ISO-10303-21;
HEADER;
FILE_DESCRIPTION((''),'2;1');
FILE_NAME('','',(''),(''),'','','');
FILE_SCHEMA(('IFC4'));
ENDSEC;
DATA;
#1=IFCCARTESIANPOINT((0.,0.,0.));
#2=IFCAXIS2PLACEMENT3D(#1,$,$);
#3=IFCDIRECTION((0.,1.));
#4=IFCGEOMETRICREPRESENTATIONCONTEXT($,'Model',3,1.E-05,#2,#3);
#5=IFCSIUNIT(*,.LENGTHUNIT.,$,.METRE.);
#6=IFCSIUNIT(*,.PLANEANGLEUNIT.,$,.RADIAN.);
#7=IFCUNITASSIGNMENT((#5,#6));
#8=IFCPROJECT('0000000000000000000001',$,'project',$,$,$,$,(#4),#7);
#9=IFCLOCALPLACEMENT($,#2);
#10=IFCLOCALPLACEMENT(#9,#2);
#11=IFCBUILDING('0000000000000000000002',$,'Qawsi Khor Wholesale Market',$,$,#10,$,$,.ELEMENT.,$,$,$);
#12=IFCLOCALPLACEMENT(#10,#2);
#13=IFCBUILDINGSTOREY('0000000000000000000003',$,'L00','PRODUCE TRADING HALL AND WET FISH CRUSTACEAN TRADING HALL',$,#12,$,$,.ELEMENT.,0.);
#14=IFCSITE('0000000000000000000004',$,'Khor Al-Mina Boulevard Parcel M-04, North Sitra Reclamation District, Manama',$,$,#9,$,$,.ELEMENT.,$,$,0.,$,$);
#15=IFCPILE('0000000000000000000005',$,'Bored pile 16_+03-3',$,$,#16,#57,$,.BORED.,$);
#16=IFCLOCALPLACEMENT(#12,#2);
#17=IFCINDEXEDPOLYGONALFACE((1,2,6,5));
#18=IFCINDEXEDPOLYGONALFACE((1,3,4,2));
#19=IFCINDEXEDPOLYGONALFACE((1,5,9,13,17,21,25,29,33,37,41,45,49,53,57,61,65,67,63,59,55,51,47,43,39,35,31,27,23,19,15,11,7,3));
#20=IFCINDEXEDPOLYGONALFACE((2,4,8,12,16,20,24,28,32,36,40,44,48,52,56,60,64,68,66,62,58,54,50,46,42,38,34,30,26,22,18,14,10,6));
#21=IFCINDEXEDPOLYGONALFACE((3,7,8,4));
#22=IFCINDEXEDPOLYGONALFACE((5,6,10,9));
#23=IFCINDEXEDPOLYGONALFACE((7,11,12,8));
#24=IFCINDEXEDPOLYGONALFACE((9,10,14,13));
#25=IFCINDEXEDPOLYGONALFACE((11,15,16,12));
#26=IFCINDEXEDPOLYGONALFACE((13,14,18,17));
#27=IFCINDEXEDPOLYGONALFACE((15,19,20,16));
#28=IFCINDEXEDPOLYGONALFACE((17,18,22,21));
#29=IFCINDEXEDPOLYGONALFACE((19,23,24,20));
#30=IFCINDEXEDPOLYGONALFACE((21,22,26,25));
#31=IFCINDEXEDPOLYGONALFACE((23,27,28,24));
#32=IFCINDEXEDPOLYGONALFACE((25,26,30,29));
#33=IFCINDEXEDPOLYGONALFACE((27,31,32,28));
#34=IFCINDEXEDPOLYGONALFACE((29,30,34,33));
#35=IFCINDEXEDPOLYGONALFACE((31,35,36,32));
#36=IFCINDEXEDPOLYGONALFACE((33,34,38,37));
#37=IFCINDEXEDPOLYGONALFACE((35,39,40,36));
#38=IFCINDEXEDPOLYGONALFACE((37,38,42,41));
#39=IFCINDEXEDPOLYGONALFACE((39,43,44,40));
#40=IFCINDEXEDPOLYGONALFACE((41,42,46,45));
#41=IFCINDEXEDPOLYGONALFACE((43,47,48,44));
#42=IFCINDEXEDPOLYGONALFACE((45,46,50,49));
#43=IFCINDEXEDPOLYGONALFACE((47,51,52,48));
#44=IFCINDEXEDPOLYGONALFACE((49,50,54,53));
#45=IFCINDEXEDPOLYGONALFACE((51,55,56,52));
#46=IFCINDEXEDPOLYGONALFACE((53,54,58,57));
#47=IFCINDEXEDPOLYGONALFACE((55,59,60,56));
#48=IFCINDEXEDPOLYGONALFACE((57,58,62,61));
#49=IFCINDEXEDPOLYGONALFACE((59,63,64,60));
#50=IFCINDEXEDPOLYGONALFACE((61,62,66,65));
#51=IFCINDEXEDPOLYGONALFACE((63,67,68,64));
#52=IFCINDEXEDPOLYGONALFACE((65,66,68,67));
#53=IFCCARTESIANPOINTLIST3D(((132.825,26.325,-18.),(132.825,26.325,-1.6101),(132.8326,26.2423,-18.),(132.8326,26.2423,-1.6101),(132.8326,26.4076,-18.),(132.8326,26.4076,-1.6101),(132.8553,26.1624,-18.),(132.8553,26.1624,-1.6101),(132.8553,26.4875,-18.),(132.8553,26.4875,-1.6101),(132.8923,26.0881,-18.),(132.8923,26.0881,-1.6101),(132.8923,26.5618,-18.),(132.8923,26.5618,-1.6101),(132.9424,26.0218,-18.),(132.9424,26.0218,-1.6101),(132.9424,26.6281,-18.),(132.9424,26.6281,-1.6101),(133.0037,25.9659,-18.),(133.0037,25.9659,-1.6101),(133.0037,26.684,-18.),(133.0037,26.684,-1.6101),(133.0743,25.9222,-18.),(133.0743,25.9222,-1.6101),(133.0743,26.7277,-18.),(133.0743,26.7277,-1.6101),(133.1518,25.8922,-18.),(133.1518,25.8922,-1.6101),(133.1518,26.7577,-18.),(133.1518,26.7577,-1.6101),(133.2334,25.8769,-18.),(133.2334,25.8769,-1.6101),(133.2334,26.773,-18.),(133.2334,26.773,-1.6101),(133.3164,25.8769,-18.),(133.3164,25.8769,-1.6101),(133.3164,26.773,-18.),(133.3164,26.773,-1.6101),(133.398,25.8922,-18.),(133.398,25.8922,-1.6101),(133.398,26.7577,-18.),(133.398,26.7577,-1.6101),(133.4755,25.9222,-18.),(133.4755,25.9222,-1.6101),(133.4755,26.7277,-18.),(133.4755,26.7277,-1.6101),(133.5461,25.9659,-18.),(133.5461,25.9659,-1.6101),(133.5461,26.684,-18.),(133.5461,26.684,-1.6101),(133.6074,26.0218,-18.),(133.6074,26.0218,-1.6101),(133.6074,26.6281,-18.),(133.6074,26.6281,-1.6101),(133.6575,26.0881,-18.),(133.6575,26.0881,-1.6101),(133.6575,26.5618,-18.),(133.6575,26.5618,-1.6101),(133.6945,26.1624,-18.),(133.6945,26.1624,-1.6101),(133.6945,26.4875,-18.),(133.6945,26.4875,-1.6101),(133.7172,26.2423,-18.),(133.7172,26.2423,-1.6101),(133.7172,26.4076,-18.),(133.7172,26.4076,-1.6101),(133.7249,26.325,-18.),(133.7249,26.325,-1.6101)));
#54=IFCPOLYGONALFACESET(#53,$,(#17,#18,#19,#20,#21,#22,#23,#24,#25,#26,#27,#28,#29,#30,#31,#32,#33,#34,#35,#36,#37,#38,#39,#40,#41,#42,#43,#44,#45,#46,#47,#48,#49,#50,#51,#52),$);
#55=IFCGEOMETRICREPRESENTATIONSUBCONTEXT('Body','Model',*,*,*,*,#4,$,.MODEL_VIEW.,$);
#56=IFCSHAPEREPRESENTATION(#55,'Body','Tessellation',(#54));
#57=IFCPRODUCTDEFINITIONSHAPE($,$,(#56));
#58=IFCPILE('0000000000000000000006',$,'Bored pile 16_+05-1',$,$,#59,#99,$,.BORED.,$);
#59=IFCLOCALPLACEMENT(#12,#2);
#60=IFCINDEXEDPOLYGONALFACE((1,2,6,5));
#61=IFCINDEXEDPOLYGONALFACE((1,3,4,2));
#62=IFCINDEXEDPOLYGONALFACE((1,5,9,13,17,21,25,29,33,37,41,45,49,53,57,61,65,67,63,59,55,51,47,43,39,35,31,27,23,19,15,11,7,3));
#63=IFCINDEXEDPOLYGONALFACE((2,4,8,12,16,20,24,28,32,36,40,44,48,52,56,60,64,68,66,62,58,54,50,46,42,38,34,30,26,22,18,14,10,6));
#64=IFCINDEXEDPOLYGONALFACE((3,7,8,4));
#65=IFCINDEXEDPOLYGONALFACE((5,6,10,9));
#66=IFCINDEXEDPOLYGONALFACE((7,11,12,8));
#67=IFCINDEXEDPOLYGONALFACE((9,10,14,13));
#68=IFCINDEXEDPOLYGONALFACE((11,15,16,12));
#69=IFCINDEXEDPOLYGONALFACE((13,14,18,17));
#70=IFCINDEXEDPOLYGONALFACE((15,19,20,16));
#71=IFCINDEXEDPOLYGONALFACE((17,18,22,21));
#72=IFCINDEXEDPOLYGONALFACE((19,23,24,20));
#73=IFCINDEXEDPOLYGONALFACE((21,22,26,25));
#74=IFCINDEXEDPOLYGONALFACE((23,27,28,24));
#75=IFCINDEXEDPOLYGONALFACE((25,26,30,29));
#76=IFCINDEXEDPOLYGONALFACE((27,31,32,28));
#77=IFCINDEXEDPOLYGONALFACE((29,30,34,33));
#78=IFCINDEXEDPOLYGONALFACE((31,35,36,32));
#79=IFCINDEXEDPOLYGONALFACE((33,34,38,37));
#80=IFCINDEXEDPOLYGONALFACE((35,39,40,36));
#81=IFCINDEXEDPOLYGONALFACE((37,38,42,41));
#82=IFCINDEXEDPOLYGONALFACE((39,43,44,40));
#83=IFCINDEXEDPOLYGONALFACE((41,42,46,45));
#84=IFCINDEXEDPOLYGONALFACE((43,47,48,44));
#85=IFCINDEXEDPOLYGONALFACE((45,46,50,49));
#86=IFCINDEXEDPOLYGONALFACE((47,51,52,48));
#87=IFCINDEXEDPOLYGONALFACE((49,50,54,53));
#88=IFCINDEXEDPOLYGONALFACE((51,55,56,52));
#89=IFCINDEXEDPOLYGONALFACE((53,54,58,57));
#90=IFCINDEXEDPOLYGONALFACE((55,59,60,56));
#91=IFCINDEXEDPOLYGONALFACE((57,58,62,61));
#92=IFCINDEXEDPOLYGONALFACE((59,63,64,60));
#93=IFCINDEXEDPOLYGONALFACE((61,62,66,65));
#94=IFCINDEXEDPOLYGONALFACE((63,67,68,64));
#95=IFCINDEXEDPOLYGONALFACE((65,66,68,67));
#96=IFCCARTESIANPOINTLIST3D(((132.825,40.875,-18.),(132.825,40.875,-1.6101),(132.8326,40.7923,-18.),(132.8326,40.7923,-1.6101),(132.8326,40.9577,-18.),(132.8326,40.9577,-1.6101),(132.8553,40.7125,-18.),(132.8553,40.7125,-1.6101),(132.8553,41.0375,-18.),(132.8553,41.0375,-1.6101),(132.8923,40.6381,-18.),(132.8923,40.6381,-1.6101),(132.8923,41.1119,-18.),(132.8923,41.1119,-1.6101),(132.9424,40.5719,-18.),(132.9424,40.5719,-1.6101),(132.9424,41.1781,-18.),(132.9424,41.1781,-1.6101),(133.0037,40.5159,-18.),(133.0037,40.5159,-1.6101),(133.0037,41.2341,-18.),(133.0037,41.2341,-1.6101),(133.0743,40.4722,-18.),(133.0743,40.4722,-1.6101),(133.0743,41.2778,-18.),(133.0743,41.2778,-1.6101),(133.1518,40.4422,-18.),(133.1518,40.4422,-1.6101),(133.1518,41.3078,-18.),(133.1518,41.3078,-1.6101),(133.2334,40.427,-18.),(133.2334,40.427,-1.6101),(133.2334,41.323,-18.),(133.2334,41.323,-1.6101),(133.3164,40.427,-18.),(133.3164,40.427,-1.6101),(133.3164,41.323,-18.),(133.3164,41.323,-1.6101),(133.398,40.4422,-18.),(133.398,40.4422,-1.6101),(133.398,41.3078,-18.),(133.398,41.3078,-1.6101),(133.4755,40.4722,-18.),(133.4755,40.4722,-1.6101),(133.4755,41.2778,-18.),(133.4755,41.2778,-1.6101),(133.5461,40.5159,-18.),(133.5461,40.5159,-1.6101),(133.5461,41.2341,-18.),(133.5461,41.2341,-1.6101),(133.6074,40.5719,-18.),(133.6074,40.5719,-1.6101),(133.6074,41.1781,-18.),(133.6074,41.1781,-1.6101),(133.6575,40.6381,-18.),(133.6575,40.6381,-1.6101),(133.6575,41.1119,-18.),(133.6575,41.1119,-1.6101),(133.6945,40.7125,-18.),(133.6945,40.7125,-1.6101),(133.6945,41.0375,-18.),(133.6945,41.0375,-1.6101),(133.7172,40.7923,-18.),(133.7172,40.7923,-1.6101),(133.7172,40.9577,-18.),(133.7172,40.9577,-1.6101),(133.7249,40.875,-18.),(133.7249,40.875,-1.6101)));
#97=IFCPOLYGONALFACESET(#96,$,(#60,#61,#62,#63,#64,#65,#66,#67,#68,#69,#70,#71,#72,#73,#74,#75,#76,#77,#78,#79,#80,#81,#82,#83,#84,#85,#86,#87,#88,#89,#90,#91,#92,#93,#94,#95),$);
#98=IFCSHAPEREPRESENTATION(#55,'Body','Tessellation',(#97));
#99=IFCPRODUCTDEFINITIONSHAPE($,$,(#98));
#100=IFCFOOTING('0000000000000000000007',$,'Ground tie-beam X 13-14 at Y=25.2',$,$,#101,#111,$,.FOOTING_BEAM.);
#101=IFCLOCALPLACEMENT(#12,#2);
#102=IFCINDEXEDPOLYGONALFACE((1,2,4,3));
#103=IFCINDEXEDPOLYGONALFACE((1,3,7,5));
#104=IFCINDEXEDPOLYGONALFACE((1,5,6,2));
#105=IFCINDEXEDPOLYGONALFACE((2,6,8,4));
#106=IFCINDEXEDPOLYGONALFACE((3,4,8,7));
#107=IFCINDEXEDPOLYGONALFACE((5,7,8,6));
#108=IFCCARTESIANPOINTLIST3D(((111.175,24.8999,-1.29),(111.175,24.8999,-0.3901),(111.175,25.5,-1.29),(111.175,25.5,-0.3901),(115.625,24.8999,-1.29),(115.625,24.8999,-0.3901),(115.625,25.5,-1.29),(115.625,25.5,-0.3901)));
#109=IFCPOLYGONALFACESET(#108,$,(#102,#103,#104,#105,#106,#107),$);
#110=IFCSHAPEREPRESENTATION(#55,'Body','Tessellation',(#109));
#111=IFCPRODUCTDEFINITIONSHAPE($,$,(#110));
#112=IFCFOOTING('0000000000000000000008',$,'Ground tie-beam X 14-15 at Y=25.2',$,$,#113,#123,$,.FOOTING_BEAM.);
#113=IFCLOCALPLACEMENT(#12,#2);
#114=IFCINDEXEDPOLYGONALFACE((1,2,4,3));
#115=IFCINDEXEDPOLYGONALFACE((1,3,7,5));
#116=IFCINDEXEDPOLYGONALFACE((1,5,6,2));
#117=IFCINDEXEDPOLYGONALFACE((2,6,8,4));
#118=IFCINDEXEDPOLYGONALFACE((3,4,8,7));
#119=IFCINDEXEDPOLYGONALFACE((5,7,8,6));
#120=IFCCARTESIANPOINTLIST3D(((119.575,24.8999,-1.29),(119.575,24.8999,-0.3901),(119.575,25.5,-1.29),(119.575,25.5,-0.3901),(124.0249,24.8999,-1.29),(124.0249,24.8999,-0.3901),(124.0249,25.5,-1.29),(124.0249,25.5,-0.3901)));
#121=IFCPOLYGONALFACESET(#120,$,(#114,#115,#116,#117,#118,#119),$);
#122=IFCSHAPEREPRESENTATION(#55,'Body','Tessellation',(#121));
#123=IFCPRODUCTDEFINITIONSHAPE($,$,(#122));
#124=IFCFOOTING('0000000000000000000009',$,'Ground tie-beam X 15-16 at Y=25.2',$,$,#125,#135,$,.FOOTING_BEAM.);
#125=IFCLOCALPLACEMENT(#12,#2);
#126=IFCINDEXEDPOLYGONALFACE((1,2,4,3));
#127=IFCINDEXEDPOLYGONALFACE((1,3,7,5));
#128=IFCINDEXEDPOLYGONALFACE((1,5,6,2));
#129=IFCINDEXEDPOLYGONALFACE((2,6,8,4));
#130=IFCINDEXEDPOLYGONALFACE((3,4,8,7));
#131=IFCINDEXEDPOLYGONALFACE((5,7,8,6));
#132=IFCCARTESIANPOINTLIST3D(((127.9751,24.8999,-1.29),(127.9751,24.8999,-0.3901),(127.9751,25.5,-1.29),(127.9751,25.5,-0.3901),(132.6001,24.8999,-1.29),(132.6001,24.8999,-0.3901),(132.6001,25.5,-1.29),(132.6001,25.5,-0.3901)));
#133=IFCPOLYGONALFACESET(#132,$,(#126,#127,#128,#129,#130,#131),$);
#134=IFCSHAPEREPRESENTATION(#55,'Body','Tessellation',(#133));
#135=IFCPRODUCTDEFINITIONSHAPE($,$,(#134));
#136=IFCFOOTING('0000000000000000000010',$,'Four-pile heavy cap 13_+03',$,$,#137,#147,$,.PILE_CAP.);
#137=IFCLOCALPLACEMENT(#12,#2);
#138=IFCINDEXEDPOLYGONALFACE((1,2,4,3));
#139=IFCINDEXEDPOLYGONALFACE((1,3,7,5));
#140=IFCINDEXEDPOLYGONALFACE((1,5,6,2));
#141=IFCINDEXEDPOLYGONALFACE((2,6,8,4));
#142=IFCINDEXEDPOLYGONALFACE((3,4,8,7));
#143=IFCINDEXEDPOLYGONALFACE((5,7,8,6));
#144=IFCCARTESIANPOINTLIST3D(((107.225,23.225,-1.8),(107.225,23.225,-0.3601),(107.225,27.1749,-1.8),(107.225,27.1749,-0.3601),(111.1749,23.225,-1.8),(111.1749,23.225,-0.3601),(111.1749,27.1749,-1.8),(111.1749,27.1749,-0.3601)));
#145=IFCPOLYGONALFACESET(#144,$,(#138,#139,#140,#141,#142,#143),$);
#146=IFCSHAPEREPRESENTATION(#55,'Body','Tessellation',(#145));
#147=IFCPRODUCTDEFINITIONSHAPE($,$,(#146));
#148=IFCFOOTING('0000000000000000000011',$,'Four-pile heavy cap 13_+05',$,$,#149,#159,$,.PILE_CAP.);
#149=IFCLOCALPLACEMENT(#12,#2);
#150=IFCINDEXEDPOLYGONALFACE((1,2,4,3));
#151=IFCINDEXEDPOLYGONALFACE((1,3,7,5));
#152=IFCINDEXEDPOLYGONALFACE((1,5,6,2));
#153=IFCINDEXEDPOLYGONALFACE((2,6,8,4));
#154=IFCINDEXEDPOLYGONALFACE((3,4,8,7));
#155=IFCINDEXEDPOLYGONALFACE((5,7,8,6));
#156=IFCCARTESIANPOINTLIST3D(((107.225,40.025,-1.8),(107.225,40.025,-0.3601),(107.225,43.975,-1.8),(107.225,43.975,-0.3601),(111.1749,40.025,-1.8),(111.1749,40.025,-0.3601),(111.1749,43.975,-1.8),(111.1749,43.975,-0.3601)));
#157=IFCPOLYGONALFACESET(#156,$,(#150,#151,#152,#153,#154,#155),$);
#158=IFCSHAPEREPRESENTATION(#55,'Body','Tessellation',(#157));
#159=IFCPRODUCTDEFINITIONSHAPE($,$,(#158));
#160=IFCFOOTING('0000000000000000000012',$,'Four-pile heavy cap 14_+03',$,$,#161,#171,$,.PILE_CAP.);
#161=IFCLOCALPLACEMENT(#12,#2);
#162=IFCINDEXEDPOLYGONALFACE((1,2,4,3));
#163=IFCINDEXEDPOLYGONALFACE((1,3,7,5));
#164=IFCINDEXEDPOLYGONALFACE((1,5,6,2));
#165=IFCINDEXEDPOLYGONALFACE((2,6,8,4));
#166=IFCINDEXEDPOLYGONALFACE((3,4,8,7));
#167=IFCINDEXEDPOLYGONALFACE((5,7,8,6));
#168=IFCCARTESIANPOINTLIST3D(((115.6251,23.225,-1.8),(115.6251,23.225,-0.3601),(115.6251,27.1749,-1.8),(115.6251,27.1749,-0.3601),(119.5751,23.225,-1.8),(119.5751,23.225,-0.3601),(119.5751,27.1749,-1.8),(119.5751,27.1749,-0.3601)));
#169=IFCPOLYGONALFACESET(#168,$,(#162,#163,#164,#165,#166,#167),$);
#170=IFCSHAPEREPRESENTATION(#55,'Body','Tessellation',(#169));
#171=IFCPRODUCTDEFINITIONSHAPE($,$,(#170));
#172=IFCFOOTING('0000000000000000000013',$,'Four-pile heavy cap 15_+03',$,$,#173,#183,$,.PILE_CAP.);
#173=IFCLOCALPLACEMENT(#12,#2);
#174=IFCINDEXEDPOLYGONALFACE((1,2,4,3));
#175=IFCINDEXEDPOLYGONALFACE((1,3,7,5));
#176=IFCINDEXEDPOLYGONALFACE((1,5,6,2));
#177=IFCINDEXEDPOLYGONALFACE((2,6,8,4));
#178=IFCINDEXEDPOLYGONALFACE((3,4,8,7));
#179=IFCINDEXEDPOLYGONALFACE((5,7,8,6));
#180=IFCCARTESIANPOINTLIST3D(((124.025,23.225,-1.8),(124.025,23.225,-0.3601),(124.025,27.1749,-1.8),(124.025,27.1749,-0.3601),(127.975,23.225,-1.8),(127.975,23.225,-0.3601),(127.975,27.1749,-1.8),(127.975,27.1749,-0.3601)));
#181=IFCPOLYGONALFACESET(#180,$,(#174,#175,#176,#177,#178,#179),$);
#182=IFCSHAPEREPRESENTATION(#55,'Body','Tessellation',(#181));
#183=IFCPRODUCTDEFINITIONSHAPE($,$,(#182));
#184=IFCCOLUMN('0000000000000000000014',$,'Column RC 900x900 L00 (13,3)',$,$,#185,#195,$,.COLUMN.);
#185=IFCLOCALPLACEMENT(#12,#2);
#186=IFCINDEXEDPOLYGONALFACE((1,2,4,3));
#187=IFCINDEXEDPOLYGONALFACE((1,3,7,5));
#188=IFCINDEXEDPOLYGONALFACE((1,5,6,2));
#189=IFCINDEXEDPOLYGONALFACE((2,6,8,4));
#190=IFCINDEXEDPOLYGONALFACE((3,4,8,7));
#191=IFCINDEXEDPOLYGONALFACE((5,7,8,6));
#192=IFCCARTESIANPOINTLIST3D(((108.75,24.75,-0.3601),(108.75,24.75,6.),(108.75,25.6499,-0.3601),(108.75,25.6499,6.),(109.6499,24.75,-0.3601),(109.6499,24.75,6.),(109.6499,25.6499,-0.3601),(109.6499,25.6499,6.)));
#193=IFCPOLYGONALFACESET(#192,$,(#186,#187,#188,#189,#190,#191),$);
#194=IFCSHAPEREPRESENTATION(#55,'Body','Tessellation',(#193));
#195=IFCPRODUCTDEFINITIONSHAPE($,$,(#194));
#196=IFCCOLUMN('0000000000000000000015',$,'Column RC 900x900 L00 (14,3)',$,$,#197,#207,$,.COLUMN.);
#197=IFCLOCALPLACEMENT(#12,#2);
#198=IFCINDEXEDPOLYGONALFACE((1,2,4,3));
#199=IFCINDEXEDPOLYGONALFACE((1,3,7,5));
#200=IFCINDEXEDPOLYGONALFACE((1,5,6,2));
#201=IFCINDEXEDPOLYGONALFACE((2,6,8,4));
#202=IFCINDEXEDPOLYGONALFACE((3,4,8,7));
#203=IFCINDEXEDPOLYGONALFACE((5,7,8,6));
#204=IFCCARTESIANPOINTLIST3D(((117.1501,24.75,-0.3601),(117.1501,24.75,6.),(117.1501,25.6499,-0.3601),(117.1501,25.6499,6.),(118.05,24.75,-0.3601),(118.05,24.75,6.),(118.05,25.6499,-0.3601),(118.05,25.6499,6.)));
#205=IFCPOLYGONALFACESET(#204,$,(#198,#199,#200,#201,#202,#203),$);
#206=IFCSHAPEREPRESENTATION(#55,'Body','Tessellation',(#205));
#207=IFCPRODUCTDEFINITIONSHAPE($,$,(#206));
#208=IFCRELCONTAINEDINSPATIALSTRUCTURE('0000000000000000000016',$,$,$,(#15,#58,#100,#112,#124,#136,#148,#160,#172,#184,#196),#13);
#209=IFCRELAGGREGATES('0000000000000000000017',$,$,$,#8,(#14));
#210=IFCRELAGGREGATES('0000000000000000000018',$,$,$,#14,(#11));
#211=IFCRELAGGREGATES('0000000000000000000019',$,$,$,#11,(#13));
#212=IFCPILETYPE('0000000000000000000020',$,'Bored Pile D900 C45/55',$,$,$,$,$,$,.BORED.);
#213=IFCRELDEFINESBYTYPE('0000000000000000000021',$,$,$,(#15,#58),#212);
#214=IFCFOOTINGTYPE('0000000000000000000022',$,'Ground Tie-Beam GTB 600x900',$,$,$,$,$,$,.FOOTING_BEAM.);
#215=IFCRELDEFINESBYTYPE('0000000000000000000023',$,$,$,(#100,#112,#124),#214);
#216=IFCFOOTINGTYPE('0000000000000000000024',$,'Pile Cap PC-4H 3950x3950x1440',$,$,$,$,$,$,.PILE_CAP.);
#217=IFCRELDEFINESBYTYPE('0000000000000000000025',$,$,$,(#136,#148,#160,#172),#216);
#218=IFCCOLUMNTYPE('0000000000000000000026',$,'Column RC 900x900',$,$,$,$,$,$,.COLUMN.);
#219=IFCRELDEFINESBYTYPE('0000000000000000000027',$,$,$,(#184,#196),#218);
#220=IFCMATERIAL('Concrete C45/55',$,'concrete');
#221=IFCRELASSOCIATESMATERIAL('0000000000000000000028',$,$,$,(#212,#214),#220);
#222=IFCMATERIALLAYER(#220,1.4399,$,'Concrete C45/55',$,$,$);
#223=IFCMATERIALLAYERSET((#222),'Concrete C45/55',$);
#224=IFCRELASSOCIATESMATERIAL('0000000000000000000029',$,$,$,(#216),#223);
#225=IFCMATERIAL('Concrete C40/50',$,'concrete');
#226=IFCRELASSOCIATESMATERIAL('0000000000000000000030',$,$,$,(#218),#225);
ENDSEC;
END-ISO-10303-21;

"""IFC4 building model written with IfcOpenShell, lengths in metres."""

from ifc_helpers import new_model, si_unit, direction, frame, origin, origin_2d, place, context, subcontext, project, spatial, rectangle, circle, extrude, material, layer, layer_set, material_profile, profile_set, type_object, element, save


model = new_model("IFC4")

# Units and contexts
model_context = context("Model", 3, precision=1e-05, world=origin(), true_north=direction((0.0, 1.0)))
body_context = subcontext(model_context, "Body", "Model", "MODEL_VIEW")
ifc_project = project(units=[si_unit("LENGTHUNIT", "METRE"), si_unit("PLANEANGLEUNIT", "RADIAN")], contexts=[model_context])

# Site, building, storey
site_placement = place(None, origin())
site = spatial("IfcSite", under=ifc_project, at=site_placement, Name="Khor Al-Mina Boulevard Parcel M-04, North Sitra Reclamation District, Manama", CompositionType="ELEMENT", RefElevation=0.0)
building_placement = place(site_placement, origin())
building = spatial("IfcBuilding", under=site, at=building_placement, Name="Qawsi Khor Wholesale Market", CompositionType="ELEMENT")
storey_placement = place(building_placement, origin())
storey = spatial("IfcBuildingStorey", under=building, at=storey_placement, Name="L00", Description="PRODUCE TRADING HALL AND WET FISH CRUSTACEAN TRADING HALL", CompositionType="ELEMENT", Elevation=0.0)

# Piles
ifc_material_1 = material(Name="Concrete C45/55", Category="concrete")
ifc_material_profile_1 = material_profile(ifc_material_1, circle(Radius=0.45, at=origin_2d()), Name="PILE D900")
ifc_profile_set_1 = profile_set([ifc_material_profile_1], Name="Concrete C45/55")
pile_type = type_object("IfcPileType", Name="Bored Pile D900 C45/55", PredefinedType="BORED", material=ifc_profile_set_1)
for number, where, z_axis, x_axis, name in (
    (1, (133.2749, 26.325, -1.6101), (0.0, 0.0, -1.0), (1.0, 0.0, 0.0), "Bored pile 16_+03-3"),
    (2, (133.2749, 40.875, -1.6101), (0.0, 0.0, -1.0), (1.0, 0.0, 0.0), "Bored pile 16_+05-1"),
):
    element("IfcPile", number, at=place(storey_placement, frame(where, z_axis=z_axis, x_axis=x_axis)), inside=storey, type_object=pile_type, Name=name, PredefinedType="BORED", context=body_context, shape_type="SweptSolid", body=[
        extrude(circle(Radius=0.45, at=origin_2d()), origin(), (0.0, 0.0, 1.0), 16.3899),
    ])

# Footings
ifc_material_profile_2 = material_profile(ifc_material_1, rectangle(XDim=0.6001, YDim=0.8999, at=origin_2d()), Name="RC 600x900")
ifc_profile_set_2 = profile_set([ifc_material_profile_2], Name="Concrete C45/55")
footing_type_1 = type_object("IfcFootingType", Name="Ground Tie-Beam GTB 600x900", PredefinedType="FOOTING_BEAM", material=ifc_profile_set_2)
for number, where, z_axis, x_axis, name in (
    (3, (111.175, 25.2, -0.8401), (1.0, 0.0, 0.0), (0.0, 1.0, 0.0), "Ground tie-beam X 13-14 at Y=25.2"),
    (4, (119.575, 25.2, -0.8401), (1.0, 0.0, 0.0), (0.0, 1.0, 0.0), "Ground tie-beam X 14-15 at Y=25.2"),
):
    element("IfcFooting", number, at=place(storey_placement, frame(where, z_axis=z_axis, x_axis=x_axis)), inside=storey, type_object=footing_type_1, Name=name, PredefinedType="FOOTING_BEAM", context=body_context, shape_type="SweptSolid", body=[
        extrude(rectangle(XDim=0.6001, YDim=0.8999, at=origin_2d()), origin(), (0.0, 0.0, 1.0), 4.45),
    ])
footing_placement = place(storey_placement, frame((127.9751, 25.2, -0.8401), z_axis=(1.0, 0.0, 0.0), x_axis=(0.0, 1.0, 0.0)))
element("IfcFooting", 5, at=footing_placement, inside=storey, type_object=footing_type_1, Name="Ground tie-beam X 15-16 at Y=25.2", PredefinedType="FOOTING_BEAM", context=body_context, shape_type="SweptSolid", body=[
    extrude(rectangle(XDim=0.6001, YDim=0.8999, at=origin_2d()), origin(), (0.0, 0.0, 1.0), 4.625),
])
ifc_layer_1 = layer(ifc_material_1, 1.4399, Name="Concrete C45/55")
ifc_layer_set_1 = layer_set([ifc_layer_1], Name="Concrete C45/55")
footing_type_2 = type_object("IfcFootingType", Name="Pile Cap PC-4H 3950x3950x1440", PredefinedType="PILE_CAP", material=ifc_layer_set_1)
for number, where, z_axis, x_axis, name in (
    (6, (109.2, 25.2, -1.8), (0.0, 0.0, 1.0), (1.0, 0.0, 0.0), "Four-pile heavy cap 13_+03"),
    (7, (109.2, 42.0, -1.8), (0.0, 0.0, 1.0), (1.0, 0.0, 0.0), "Four-pile heavy cap 13_+05"),
    (8, (117.6001, 25.2, -1.8), (0.0, 0.0, 1.0), (1.0, 0.0, 0.0), "Four-pile heavy cap 14_+03"),
    (9, (126.0, 25.2, -1.8), (0.0, 0.0, 1.0), (1.0, 0.0, 0.0), "Four-pile heavy cap 15_+03"),
):
    element("IfcFooting", number, at=place(storey_placement, frame(where, z_axis=z_axis, x_axis=x_axis)), inside=storey, type_object=footing_type_2, Name=name, PredefinedType="PILE_CAP", context=body_context, shape_type="SweptSolid", body=[
        extrude(rectangle(XDim=3.95, YDim=3.95, at=origin_2d()), origin(), (0.0, 0.0, 1.0), 1.4399),
    ])

# Columns
ifc_material_2 = material(Name="Concrete C40/50", Category="concrete")
ifc_material_profile_3 = material_profile(ifc_material_2, rectangle(XDim=0.8999, YDim=0.8999, at=origin_2d()), Name="RC 900x900")
ifc_profile_set_3 = profile_set([ifc_material_profile_3], Name="Concrete C40/50")
column_type = type_object("IfcColumnType", Name="Column RC 900x900", PredefinedType="COLUMN", material=ifc_profile_set_3)
for number, where, z_axis, x_axis, name in (
    (10, (109.2, 25.2, -0.3601), (0.0, 0.0, 1.0), (1.0, 0.0, 0.0), "Column RC 900x900 L00 (13,3)"),
    (11, (117.6001, 25.2, -0.3601), (0.0, 0.0, 1.0), (1.0, 0.0, 0.0), "Column RC 900x900 L00 (14,3)"),
):
    element("IfcColumn", number, at=place(storey_placement, frame(where, z_axis=z_axis, x_axis=x_axis)), inside=storey, type_object=column_type, Name=name, PredefinedType="COLUMN", context=body_context, shape_type="SweptSolid", body=[
        extrude(rectangle(XDim=0.8999, YDim=0.8999, at=origin_2d()), origin(), (0.0, 0.0, 1.0), 6.3601),
    ])

save(model, "model.ifc")
